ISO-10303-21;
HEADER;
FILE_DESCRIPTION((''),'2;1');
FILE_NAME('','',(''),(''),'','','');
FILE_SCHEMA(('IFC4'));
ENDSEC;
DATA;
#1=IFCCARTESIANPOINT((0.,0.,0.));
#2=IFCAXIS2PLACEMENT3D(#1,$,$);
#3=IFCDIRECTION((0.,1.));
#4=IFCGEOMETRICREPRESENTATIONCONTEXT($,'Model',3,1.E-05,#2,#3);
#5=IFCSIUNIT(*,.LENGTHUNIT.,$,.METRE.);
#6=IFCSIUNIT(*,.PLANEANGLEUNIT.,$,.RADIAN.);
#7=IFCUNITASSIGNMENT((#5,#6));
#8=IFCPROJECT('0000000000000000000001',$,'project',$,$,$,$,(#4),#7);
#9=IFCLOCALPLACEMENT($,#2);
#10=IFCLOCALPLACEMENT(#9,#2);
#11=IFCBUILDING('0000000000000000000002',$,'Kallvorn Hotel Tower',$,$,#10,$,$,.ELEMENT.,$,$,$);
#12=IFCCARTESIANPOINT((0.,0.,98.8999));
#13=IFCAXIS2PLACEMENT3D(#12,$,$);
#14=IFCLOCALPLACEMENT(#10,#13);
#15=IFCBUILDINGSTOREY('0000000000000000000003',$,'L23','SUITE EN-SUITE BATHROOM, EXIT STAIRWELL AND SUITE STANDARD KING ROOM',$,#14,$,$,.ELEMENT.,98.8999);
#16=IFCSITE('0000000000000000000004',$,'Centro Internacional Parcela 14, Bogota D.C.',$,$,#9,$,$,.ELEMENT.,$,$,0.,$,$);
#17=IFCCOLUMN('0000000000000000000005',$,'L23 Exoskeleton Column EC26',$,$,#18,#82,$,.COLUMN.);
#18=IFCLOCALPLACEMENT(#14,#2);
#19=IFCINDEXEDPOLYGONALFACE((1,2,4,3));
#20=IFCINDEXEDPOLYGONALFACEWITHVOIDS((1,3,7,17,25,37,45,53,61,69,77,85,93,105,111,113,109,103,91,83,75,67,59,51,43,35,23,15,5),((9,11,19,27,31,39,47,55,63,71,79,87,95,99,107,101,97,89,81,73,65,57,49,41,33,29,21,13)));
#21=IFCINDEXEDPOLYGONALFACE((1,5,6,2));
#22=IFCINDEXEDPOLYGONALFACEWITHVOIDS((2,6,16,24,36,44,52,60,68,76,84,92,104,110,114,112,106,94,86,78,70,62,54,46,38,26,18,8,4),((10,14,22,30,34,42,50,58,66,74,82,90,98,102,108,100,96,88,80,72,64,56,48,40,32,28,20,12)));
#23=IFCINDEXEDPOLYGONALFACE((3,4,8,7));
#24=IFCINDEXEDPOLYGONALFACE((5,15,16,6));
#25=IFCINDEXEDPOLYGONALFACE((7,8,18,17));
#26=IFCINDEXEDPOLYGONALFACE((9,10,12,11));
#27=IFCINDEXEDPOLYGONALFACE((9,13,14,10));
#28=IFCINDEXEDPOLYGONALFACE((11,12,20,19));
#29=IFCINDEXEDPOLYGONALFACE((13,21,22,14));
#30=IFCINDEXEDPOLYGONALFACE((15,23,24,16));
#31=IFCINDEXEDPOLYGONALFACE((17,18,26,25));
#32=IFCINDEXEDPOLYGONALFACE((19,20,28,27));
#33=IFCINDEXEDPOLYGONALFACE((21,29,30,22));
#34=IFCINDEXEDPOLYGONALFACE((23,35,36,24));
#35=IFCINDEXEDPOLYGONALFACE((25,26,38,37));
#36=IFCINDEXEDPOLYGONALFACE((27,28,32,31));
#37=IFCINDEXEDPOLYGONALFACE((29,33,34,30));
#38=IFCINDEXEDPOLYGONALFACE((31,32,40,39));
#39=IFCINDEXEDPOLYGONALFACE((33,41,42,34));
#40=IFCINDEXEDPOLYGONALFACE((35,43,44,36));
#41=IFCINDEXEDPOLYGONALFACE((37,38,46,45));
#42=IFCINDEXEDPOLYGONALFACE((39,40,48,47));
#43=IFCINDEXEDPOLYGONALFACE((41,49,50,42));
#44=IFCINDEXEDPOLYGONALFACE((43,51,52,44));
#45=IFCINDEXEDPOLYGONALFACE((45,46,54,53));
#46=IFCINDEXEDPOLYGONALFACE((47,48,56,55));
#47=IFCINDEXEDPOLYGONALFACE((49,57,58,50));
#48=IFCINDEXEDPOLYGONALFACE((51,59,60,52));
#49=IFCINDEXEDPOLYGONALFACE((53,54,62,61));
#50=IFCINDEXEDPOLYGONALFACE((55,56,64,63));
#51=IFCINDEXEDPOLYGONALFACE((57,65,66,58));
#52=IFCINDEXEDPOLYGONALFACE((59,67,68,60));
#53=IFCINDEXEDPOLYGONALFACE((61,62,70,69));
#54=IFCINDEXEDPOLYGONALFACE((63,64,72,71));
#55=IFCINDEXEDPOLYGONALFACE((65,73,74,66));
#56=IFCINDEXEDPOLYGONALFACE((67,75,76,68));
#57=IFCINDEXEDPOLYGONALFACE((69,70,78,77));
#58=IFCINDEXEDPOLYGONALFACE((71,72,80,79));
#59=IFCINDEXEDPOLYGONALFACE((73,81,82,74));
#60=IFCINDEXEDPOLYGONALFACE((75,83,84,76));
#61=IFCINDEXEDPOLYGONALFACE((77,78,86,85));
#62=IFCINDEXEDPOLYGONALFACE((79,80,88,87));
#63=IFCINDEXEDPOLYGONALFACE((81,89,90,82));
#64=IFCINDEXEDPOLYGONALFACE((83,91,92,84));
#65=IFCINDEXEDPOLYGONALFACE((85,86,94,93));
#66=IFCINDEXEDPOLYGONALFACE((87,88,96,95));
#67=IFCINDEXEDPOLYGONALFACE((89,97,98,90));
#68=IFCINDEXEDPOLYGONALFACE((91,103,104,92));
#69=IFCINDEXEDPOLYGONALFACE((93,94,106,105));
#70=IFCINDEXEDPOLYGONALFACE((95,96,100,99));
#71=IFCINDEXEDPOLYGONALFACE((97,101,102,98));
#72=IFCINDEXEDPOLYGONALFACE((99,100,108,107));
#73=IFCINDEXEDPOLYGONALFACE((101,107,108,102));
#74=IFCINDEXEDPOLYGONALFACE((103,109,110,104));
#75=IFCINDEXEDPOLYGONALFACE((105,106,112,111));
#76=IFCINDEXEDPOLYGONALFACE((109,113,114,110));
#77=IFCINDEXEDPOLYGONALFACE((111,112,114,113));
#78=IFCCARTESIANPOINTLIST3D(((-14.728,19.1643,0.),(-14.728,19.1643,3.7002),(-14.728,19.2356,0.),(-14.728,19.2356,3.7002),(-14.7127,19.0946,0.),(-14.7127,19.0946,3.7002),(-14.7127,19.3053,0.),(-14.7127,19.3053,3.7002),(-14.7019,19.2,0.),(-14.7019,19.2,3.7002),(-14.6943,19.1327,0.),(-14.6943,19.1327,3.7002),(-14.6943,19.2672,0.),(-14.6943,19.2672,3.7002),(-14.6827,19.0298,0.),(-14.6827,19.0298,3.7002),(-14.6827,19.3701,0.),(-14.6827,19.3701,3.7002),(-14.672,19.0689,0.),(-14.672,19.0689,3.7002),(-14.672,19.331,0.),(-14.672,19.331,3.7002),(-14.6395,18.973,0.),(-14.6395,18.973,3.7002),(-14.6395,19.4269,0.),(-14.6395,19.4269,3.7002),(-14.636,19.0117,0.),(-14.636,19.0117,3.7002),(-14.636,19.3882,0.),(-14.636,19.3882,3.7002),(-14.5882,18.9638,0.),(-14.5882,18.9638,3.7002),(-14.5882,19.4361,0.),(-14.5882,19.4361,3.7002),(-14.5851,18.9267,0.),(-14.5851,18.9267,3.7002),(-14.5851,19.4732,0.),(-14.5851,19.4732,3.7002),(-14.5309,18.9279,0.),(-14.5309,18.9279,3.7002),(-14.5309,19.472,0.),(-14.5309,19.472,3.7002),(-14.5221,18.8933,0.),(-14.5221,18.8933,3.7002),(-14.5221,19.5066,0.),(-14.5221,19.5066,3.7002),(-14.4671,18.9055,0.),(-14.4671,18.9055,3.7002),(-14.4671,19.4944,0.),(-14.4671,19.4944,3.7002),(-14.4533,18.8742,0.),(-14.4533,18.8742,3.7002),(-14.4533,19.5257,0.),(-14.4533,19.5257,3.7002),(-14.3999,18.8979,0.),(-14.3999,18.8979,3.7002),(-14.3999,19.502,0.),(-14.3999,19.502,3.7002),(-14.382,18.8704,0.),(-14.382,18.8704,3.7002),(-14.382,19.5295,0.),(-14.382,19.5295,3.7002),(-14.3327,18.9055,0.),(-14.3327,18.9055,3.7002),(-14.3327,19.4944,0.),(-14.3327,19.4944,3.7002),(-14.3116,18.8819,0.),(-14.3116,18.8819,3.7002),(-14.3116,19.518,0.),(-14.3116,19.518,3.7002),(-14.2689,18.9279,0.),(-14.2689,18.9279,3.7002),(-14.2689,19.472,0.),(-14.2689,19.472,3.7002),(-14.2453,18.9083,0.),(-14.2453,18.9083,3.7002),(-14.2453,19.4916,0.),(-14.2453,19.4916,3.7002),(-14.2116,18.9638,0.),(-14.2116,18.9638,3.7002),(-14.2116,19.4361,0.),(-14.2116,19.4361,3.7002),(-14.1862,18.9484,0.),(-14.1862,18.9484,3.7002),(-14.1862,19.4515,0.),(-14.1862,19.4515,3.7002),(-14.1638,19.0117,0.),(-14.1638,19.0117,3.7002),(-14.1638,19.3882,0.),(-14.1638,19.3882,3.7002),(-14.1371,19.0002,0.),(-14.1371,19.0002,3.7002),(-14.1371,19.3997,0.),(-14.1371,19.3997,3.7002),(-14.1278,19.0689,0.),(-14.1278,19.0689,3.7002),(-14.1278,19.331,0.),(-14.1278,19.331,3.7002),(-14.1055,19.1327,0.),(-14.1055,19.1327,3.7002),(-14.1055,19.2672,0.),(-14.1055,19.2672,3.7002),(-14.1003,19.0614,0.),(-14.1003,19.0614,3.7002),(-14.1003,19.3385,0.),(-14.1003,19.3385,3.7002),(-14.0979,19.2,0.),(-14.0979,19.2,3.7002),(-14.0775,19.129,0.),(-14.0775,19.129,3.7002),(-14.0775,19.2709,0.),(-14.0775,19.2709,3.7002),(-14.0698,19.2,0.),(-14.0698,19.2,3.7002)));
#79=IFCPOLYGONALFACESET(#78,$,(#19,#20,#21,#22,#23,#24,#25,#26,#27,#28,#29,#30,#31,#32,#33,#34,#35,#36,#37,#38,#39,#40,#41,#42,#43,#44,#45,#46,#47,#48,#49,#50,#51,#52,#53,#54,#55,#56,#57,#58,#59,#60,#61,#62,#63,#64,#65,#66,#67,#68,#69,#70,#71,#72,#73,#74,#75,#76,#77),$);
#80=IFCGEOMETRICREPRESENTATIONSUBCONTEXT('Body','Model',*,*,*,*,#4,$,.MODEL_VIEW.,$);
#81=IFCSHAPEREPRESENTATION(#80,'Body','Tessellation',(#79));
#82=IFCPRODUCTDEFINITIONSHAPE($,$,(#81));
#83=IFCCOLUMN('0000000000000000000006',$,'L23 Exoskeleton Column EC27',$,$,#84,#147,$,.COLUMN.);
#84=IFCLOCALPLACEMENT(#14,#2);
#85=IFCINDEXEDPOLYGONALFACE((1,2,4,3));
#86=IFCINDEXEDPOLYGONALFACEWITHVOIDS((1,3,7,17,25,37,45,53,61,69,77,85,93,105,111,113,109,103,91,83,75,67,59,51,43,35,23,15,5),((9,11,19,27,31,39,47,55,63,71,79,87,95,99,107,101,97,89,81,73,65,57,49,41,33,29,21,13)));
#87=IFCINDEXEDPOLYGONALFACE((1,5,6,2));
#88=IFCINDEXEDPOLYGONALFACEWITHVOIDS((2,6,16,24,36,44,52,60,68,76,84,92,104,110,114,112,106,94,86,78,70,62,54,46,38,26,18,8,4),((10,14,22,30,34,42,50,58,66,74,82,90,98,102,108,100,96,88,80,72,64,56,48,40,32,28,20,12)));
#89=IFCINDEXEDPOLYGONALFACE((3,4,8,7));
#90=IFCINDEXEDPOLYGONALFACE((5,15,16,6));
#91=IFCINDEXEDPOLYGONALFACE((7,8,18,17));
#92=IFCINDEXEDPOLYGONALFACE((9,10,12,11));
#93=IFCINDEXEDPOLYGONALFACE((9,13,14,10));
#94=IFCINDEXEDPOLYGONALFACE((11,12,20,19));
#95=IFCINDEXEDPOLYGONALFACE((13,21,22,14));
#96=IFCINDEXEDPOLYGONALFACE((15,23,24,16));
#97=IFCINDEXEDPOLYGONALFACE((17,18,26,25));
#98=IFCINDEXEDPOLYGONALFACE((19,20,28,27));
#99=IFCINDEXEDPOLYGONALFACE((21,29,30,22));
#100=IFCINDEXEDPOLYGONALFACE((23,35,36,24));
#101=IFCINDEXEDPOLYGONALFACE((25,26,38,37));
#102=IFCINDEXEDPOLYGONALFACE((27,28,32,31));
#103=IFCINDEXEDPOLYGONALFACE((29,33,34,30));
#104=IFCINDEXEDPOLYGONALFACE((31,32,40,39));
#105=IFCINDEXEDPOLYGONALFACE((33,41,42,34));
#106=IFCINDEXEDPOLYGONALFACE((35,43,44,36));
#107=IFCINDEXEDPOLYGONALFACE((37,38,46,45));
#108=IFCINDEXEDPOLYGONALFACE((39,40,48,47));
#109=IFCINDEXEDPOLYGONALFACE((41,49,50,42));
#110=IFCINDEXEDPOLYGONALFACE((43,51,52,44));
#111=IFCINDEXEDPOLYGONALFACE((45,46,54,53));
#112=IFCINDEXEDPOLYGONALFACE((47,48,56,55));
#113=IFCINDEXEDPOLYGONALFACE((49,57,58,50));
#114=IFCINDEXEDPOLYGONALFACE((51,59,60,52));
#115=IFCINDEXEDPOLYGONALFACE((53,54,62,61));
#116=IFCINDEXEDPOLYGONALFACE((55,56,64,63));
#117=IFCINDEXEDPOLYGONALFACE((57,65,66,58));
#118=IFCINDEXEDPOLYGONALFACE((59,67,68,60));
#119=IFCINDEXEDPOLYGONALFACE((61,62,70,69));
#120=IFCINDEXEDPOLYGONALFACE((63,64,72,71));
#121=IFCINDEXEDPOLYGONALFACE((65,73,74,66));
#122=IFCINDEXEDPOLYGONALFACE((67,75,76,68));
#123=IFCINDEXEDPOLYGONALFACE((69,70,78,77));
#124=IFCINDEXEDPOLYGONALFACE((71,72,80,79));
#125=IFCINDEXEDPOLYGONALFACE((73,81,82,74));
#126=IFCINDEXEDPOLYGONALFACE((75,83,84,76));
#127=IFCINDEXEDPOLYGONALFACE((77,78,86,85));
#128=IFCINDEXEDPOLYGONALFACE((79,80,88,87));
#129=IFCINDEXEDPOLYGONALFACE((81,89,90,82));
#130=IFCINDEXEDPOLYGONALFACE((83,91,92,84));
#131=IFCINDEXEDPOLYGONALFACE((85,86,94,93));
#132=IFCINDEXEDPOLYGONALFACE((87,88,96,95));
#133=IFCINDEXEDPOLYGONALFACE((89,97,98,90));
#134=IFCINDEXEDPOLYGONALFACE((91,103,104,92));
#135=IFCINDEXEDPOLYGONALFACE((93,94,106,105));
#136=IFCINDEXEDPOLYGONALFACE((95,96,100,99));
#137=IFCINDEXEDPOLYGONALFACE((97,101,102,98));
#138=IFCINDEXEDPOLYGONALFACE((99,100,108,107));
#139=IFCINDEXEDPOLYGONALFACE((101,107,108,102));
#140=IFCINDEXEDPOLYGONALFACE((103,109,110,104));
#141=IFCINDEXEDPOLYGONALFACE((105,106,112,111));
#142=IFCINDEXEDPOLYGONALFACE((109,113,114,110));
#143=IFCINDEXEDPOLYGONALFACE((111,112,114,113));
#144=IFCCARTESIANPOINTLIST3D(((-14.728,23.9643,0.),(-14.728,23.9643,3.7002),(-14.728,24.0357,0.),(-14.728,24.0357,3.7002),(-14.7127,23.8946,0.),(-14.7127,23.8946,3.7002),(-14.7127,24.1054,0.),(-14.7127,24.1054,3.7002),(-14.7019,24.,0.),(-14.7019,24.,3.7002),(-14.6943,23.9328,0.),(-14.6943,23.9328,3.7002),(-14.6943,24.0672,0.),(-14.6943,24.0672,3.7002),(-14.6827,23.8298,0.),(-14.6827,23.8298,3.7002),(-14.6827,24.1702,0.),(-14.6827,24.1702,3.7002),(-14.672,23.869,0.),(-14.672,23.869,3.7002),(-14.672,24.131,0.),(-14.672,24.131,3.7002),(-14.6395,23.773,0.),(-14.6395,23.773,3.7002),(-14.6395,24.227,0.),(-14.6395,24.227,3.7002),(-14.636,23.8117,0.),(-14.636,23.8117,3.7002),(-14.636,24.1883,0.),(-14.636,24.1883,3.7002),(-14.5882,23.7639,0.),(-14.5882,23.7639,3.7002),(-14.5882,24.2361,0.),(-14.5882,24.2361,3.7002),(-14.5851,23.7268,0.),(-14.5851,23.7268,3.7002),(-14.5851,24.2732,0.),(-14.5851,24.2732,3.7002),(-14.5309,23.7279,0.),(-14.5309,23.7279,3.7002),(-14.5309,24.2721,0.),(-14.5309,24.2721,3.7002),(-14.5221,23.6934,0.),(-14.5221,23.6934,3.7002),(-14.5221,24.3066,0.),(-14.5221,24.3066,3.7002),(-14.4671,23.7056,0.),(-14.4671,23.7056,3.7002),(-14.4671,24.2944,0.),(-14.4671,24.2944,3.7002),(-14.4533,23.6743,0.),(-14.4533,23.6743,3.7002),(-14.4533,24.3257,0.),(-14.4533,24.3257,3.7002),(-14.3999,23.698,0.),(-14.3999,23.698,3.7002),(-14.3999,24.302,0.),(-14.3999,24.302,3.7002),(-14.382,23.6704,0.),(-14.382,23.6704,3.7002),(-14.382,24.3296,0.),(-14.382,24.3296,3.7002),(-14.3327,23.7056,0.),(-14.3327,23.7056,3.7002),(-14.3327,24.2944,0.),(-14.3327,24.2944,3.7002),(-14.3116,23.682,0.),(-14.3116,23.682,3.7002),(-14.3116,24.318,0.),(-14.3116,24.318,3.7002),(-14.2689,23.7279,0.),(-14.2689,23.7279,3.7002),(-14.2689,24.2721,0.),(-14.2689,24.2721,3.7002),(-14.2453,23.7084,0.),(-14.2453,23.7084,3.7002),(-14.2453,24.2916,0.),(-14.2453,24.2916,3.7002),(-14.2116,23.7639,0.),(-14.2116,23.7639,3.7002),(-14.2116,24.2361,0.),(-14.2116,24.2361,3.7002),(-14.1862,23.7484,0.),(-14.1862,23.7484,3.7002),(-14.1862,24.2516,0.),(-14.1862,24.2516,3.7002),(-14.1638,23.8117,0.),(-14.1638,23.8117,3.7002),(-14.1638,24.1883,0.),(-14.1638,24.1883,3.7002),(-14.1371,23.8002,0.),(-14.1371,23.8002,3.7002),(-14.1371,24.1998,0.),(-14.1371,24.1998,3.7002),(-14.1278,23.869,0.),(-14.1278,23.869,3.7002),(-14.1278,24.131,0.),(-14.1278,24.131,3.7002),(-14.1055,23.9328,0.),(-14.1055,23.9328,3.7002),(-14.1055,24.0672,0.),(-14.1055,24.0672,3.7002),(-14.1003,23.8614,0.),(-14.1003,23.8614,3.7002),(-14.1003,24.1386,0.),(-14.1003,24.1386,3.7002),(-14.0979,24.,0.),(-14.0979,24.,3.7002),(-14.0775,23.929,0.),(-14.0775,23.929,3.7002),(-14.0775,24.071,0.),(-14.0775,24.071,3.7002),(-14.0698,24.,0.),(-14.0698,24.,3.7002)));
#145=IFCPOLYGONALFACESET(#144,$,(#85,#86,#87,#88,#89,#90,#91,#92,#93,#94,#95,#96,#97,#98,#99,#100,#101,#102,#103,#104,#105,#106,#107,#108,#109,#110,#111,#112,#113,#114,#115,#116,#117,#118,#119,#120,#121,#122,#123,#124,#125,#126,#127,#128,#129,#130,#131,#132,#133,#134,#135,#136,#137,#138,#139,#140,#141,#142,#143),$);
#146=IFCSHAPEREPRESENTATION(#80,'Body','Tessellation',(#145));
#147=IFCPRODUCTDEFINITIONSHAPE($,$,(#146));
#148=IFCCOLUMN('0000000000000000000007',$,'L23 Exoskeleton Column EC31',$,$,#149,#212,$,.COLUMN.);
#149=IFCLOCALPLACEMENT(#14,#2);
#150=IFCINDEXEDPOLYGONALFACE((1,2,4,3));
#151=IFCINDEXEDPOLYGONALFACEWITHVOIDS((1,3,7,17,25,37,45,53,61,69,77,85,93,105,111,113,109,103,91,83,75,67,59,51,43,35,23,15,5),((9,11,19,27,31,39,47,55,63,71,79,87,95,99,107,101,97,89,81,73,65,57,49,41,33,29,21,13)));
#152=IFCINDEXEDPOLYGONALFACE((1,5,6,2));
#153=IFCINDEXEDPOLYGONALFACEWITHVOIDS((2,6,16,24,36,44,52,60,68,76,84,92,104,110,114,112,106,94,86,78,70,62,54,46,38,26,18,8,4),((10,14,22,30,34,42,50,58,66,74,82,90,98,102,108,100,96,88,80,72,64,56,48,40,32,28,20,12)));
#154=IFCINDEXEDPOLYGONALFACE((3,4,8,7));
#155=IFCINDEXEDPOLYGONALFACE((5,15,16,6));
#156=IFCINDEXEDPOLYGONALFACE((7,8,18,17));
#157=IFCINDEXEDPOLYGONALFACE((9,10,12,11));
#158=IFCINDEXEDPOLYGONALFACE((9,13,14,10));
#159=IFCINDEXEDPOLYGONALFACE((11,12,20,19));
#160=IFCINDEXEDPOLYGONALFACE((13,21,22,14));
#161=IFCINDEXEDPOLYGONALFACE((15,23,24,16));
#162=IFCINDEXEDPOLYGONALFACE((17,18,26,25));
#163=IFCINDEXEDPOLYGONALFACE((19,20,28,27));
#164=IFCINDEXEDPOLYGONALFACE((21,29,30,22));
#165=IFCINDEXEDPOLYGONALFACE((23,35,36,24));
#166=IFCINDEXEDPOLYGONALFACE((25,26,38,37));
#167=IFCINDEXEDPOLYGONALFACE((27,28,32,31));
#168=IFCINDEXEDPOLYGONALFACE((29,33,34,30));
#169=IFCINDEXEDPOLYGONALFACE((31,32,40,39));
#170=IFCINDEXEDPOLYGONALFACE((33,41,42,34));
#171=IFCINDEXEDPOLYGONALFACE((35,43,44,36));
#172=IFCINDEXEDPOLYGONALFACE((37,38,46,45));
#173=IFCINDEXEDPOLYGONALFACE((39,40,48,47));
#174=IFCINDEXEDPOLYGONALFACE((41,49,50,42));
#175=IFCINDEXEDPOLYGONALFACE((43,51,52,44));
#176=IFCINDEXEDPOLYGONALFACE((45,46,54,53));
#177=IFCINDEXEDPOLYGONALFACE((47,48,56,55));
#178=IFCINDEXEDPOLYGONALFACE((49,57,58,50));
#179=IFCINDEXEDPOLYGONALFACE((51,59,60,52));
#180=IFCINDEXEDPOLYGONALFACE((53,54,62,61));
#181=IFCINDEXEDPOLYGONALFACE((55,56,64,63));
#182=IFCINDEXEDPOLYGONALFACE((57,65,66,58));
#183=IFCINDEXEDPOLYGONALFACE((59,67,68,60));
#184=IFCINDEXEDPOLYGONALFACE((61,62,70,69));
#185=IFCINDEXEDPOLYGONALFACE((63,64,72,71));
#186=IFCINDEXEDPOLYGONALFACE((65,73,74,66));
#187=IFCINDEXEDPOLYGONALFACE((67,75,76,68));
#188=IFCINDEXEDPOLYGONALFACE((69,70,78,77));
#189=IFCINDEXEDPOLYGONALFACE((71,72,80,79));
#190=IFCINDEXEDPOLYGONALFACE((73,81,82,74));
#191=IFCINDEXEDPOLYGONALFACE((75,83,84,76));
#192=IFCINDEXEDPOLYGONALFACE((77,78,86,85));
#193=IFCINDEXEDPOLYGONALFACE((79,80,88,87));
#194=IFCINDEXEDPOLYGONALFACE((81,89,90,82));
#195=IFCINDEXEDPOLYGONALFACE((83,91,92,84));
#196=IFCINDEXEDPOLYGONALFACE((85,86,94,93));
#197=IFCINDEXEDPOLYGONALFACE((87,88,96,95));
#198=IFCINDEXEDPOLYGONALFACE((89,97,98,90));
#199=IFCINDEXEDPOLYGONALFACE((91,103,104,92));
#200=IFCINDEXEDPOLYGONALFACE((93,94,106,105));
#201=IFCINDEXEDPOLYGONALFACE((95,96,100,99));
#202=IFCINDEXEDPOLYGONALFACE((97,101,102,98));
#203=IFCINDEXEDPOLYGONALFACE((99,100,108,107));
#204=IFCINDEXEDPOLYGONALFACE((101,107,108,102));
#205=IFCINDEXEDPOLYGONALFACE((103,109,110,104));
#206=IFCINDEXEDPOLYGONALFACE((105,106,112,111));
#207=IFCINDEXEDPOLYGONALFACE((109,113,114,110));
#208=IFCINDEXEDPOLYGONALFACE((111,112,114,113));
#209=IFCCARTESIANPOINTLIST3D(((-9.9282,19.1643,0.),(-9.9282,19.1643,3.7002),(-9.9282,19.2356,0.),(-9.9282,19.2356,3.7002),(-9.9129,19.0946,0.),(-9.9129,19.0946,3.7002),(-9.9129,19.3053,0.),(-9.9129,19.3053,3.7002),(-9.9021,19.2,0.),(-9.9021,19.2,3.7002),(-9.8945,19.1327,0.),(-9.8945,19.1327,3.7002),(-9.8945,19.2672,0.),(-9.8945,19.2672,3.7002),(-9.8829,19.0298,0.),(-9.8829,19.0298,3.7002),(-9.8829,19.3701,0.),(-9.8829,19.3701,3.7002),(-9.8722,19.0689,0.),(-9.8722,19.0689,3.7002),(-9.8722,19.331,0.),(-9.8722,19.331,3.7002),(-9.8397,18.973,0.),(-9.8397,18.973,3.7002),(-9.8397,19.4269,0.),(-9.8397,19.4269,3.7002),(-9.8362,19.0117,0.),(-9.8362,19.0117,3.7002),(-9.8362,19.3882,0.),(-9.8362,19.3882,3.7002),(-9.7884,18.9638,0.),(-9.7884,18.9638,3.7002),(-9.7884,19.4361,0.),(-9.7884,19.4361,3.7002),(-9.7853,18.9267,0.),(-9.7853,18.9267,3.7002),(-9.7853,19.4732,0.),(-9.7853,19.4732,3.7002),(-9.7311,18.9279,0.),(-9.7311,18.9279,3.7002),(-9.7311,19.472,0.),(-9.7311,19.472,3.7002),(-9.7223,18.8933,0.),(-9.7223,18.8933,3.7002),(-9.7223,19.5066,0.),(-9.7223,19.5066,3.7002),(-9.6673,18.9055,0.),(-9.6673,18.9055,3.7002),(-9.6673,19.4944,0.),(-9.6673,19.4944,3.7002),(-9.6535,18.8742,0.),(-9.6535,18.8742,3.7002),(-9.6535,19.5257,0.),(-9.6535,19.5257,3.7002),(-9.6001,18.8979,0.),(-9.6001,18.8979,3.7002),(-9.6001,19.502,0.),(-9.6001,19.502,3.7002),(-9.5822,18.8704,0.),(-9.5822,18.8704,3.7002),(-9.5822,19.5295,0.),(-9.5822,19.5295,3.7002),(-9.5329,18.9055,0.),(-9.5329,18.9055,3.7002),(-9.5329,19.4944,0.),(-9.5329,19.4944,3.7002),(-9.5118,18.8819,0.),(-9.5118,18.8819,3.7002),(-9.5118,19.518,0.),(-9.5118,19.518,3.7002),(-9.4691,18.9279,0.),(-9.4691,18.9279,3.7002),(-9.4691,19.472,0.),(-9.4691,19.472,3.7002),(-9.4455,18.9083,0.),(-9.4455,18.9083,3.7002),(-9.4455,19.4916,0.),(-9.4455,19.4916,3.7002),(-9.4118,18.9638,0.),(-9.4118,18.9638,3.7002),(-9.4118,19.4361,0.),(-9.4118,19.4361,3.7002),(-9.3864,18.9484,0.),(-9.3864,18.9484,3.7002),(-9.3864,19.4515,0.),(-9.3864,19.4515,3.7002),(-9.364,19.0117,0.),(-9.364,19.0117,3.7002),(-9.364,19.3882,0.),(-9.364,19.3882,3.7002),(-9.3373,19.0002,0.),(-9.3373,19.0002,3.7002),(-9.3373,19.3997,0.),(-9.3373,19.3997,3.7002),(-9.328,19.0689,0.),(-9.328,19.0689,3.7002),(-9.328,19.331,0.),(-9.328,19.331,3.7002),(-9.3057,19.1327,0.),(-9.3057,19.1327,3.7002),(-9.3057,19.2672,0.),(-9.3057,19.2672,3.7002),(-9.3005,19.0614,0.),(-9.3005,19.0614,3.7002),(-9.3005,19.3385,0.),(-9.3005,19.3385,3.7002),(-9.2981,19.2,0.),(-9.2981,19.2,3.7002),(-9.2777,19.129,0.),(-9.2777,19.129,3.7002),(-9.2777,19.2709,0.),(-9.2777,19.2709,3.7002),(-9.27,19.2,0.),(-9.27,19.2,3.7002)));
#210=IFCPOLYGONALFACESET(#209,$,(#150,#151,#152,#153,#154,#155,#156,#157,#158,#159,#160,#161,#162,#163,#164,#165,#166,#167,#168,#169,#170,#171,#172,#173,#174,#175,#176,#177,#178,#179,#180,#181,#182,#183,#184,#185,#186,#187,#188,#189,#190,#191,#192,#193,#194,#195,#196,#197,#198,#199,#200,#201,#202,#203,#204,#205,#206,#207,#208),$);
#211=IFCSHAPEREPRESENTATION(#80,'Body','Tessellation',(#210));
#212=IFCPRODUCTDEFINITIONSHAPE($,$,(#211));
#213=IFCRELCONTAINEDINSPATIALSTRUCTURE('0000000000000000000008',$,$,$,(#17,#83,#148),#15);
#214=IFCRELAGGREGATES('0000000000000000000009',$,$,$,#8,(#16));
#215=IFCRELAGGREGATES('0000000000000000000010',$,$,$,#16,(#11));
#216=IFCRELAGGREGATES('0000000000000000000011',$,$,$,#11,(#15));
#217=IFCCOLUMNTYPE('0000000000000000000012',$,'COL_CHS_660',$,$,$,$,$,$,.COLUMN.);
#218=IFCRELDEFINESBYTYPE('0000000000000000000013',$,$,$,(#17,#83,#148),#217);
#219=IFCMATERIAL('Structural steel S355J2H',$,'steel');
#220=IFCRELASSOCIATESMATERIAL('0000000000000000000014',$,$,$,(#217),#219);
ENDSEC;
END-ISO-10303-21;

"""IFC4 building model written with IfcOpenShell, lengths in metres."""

from ifc_helpers import new_model, si_unit, direction, frame, origin, origin_2d, place, context, subcontext, project, spatial, hollow_circle, extrude, material, material_profile, profile_set, type_object, element, save


model = new_model("IFC4")

# Units and contexts
model_context = context("Model", 3, precision=1e-05, world=origin(), true_north=direction((0.0, 1.0)))
body_context = subcontext(model_context, "Body", "Model", "MODEL_VIEW")
ifc_project = project(units=[si_unit("LENGTHUNIT", "METRE"), si_unit("PLANEANGLEUNIT", "RADIAN")], contexts=[model_context])

# Site, building, storey
site_placement = place(None, origin())
site = spatial("IfcSite", under=ifc_project, at=site_placement, Name="Centro Internacional Parcela 14, Bogota D.C.", CompositionType="ELEMENT", RefElevation=0.0)
building_placement = place(site_placement, origin())
building = spatial("IfcBuilding", under=site, at=building_placement, Name="Kallvorn Hotel Tower", CompositionType="ELEMENT")
storey_placement = place(building_placement, frame((0.0, 0.0, 98.8999)))
storey = spatial("IfcBuildingStorey", under=building, at=storey_placement, Name="L23", Description="SUITE EN-SUITE BATHROOM, EXIT STAIRWELL AND SUITE STANDARD KING ROOM", CompositionType="ELEMENT", Elevation=98.8999)

# Columns
ifc_material_1 = material(Name="Structural steel S355J2H", Category="steel")
ifc_material_profile_1 = material_profile(ifc_material_1, hollow_circle(Radius=0.3301, WallThickness=0.0281, at=origin_2d()), Name="CHS 660x28")
ifc_profile_set_1 = profile_set([ifc_material_profile_1], Name="Structural steel S355J2H")
column_type_1 = type_object("IfcColumnType", Name="COL_CHS_660", PredefinedType="COLUMN", material=ifc_profile_set_1)
for number, where, z_axis, x_axis, name in (
    (1, (-14.3999, 19.2, 0.0), (0.0, 0.0, 1.0), (1.0, 0.0, 0.0), "L23 Exoskeleton Column EC26"),
    (2, (-14.3999, 24.0, 0.0), (0.0, 0.0, 1.0), (1.0, 0.0, 0.0), "L23 Exoskeleton Column EC27"),
    (3, (-9.6001, 19.2, 0.0), (0.0, 0.0, 1.0), (1.0, 0.0, 0.0), "L23 Exoskeleton Column EC31"),
):
    element("IfcColumn", number, at=place(storey_placement, frame(where, z_axis=z_axis, x_axis=x_axis)), inside=storey, type_object=column_type_1, Name=name, PredefinedType="COLUMN", context=body_context, shape_type="SweptSolid", body=[
        extrude(hollow_circle(Radius=0.3301, WallThickness=0.0281, at=origin_2d()), origin(), (0.0, 0.0, 1.0), 3.7002),
    ])

save(model, "model.ifc")
